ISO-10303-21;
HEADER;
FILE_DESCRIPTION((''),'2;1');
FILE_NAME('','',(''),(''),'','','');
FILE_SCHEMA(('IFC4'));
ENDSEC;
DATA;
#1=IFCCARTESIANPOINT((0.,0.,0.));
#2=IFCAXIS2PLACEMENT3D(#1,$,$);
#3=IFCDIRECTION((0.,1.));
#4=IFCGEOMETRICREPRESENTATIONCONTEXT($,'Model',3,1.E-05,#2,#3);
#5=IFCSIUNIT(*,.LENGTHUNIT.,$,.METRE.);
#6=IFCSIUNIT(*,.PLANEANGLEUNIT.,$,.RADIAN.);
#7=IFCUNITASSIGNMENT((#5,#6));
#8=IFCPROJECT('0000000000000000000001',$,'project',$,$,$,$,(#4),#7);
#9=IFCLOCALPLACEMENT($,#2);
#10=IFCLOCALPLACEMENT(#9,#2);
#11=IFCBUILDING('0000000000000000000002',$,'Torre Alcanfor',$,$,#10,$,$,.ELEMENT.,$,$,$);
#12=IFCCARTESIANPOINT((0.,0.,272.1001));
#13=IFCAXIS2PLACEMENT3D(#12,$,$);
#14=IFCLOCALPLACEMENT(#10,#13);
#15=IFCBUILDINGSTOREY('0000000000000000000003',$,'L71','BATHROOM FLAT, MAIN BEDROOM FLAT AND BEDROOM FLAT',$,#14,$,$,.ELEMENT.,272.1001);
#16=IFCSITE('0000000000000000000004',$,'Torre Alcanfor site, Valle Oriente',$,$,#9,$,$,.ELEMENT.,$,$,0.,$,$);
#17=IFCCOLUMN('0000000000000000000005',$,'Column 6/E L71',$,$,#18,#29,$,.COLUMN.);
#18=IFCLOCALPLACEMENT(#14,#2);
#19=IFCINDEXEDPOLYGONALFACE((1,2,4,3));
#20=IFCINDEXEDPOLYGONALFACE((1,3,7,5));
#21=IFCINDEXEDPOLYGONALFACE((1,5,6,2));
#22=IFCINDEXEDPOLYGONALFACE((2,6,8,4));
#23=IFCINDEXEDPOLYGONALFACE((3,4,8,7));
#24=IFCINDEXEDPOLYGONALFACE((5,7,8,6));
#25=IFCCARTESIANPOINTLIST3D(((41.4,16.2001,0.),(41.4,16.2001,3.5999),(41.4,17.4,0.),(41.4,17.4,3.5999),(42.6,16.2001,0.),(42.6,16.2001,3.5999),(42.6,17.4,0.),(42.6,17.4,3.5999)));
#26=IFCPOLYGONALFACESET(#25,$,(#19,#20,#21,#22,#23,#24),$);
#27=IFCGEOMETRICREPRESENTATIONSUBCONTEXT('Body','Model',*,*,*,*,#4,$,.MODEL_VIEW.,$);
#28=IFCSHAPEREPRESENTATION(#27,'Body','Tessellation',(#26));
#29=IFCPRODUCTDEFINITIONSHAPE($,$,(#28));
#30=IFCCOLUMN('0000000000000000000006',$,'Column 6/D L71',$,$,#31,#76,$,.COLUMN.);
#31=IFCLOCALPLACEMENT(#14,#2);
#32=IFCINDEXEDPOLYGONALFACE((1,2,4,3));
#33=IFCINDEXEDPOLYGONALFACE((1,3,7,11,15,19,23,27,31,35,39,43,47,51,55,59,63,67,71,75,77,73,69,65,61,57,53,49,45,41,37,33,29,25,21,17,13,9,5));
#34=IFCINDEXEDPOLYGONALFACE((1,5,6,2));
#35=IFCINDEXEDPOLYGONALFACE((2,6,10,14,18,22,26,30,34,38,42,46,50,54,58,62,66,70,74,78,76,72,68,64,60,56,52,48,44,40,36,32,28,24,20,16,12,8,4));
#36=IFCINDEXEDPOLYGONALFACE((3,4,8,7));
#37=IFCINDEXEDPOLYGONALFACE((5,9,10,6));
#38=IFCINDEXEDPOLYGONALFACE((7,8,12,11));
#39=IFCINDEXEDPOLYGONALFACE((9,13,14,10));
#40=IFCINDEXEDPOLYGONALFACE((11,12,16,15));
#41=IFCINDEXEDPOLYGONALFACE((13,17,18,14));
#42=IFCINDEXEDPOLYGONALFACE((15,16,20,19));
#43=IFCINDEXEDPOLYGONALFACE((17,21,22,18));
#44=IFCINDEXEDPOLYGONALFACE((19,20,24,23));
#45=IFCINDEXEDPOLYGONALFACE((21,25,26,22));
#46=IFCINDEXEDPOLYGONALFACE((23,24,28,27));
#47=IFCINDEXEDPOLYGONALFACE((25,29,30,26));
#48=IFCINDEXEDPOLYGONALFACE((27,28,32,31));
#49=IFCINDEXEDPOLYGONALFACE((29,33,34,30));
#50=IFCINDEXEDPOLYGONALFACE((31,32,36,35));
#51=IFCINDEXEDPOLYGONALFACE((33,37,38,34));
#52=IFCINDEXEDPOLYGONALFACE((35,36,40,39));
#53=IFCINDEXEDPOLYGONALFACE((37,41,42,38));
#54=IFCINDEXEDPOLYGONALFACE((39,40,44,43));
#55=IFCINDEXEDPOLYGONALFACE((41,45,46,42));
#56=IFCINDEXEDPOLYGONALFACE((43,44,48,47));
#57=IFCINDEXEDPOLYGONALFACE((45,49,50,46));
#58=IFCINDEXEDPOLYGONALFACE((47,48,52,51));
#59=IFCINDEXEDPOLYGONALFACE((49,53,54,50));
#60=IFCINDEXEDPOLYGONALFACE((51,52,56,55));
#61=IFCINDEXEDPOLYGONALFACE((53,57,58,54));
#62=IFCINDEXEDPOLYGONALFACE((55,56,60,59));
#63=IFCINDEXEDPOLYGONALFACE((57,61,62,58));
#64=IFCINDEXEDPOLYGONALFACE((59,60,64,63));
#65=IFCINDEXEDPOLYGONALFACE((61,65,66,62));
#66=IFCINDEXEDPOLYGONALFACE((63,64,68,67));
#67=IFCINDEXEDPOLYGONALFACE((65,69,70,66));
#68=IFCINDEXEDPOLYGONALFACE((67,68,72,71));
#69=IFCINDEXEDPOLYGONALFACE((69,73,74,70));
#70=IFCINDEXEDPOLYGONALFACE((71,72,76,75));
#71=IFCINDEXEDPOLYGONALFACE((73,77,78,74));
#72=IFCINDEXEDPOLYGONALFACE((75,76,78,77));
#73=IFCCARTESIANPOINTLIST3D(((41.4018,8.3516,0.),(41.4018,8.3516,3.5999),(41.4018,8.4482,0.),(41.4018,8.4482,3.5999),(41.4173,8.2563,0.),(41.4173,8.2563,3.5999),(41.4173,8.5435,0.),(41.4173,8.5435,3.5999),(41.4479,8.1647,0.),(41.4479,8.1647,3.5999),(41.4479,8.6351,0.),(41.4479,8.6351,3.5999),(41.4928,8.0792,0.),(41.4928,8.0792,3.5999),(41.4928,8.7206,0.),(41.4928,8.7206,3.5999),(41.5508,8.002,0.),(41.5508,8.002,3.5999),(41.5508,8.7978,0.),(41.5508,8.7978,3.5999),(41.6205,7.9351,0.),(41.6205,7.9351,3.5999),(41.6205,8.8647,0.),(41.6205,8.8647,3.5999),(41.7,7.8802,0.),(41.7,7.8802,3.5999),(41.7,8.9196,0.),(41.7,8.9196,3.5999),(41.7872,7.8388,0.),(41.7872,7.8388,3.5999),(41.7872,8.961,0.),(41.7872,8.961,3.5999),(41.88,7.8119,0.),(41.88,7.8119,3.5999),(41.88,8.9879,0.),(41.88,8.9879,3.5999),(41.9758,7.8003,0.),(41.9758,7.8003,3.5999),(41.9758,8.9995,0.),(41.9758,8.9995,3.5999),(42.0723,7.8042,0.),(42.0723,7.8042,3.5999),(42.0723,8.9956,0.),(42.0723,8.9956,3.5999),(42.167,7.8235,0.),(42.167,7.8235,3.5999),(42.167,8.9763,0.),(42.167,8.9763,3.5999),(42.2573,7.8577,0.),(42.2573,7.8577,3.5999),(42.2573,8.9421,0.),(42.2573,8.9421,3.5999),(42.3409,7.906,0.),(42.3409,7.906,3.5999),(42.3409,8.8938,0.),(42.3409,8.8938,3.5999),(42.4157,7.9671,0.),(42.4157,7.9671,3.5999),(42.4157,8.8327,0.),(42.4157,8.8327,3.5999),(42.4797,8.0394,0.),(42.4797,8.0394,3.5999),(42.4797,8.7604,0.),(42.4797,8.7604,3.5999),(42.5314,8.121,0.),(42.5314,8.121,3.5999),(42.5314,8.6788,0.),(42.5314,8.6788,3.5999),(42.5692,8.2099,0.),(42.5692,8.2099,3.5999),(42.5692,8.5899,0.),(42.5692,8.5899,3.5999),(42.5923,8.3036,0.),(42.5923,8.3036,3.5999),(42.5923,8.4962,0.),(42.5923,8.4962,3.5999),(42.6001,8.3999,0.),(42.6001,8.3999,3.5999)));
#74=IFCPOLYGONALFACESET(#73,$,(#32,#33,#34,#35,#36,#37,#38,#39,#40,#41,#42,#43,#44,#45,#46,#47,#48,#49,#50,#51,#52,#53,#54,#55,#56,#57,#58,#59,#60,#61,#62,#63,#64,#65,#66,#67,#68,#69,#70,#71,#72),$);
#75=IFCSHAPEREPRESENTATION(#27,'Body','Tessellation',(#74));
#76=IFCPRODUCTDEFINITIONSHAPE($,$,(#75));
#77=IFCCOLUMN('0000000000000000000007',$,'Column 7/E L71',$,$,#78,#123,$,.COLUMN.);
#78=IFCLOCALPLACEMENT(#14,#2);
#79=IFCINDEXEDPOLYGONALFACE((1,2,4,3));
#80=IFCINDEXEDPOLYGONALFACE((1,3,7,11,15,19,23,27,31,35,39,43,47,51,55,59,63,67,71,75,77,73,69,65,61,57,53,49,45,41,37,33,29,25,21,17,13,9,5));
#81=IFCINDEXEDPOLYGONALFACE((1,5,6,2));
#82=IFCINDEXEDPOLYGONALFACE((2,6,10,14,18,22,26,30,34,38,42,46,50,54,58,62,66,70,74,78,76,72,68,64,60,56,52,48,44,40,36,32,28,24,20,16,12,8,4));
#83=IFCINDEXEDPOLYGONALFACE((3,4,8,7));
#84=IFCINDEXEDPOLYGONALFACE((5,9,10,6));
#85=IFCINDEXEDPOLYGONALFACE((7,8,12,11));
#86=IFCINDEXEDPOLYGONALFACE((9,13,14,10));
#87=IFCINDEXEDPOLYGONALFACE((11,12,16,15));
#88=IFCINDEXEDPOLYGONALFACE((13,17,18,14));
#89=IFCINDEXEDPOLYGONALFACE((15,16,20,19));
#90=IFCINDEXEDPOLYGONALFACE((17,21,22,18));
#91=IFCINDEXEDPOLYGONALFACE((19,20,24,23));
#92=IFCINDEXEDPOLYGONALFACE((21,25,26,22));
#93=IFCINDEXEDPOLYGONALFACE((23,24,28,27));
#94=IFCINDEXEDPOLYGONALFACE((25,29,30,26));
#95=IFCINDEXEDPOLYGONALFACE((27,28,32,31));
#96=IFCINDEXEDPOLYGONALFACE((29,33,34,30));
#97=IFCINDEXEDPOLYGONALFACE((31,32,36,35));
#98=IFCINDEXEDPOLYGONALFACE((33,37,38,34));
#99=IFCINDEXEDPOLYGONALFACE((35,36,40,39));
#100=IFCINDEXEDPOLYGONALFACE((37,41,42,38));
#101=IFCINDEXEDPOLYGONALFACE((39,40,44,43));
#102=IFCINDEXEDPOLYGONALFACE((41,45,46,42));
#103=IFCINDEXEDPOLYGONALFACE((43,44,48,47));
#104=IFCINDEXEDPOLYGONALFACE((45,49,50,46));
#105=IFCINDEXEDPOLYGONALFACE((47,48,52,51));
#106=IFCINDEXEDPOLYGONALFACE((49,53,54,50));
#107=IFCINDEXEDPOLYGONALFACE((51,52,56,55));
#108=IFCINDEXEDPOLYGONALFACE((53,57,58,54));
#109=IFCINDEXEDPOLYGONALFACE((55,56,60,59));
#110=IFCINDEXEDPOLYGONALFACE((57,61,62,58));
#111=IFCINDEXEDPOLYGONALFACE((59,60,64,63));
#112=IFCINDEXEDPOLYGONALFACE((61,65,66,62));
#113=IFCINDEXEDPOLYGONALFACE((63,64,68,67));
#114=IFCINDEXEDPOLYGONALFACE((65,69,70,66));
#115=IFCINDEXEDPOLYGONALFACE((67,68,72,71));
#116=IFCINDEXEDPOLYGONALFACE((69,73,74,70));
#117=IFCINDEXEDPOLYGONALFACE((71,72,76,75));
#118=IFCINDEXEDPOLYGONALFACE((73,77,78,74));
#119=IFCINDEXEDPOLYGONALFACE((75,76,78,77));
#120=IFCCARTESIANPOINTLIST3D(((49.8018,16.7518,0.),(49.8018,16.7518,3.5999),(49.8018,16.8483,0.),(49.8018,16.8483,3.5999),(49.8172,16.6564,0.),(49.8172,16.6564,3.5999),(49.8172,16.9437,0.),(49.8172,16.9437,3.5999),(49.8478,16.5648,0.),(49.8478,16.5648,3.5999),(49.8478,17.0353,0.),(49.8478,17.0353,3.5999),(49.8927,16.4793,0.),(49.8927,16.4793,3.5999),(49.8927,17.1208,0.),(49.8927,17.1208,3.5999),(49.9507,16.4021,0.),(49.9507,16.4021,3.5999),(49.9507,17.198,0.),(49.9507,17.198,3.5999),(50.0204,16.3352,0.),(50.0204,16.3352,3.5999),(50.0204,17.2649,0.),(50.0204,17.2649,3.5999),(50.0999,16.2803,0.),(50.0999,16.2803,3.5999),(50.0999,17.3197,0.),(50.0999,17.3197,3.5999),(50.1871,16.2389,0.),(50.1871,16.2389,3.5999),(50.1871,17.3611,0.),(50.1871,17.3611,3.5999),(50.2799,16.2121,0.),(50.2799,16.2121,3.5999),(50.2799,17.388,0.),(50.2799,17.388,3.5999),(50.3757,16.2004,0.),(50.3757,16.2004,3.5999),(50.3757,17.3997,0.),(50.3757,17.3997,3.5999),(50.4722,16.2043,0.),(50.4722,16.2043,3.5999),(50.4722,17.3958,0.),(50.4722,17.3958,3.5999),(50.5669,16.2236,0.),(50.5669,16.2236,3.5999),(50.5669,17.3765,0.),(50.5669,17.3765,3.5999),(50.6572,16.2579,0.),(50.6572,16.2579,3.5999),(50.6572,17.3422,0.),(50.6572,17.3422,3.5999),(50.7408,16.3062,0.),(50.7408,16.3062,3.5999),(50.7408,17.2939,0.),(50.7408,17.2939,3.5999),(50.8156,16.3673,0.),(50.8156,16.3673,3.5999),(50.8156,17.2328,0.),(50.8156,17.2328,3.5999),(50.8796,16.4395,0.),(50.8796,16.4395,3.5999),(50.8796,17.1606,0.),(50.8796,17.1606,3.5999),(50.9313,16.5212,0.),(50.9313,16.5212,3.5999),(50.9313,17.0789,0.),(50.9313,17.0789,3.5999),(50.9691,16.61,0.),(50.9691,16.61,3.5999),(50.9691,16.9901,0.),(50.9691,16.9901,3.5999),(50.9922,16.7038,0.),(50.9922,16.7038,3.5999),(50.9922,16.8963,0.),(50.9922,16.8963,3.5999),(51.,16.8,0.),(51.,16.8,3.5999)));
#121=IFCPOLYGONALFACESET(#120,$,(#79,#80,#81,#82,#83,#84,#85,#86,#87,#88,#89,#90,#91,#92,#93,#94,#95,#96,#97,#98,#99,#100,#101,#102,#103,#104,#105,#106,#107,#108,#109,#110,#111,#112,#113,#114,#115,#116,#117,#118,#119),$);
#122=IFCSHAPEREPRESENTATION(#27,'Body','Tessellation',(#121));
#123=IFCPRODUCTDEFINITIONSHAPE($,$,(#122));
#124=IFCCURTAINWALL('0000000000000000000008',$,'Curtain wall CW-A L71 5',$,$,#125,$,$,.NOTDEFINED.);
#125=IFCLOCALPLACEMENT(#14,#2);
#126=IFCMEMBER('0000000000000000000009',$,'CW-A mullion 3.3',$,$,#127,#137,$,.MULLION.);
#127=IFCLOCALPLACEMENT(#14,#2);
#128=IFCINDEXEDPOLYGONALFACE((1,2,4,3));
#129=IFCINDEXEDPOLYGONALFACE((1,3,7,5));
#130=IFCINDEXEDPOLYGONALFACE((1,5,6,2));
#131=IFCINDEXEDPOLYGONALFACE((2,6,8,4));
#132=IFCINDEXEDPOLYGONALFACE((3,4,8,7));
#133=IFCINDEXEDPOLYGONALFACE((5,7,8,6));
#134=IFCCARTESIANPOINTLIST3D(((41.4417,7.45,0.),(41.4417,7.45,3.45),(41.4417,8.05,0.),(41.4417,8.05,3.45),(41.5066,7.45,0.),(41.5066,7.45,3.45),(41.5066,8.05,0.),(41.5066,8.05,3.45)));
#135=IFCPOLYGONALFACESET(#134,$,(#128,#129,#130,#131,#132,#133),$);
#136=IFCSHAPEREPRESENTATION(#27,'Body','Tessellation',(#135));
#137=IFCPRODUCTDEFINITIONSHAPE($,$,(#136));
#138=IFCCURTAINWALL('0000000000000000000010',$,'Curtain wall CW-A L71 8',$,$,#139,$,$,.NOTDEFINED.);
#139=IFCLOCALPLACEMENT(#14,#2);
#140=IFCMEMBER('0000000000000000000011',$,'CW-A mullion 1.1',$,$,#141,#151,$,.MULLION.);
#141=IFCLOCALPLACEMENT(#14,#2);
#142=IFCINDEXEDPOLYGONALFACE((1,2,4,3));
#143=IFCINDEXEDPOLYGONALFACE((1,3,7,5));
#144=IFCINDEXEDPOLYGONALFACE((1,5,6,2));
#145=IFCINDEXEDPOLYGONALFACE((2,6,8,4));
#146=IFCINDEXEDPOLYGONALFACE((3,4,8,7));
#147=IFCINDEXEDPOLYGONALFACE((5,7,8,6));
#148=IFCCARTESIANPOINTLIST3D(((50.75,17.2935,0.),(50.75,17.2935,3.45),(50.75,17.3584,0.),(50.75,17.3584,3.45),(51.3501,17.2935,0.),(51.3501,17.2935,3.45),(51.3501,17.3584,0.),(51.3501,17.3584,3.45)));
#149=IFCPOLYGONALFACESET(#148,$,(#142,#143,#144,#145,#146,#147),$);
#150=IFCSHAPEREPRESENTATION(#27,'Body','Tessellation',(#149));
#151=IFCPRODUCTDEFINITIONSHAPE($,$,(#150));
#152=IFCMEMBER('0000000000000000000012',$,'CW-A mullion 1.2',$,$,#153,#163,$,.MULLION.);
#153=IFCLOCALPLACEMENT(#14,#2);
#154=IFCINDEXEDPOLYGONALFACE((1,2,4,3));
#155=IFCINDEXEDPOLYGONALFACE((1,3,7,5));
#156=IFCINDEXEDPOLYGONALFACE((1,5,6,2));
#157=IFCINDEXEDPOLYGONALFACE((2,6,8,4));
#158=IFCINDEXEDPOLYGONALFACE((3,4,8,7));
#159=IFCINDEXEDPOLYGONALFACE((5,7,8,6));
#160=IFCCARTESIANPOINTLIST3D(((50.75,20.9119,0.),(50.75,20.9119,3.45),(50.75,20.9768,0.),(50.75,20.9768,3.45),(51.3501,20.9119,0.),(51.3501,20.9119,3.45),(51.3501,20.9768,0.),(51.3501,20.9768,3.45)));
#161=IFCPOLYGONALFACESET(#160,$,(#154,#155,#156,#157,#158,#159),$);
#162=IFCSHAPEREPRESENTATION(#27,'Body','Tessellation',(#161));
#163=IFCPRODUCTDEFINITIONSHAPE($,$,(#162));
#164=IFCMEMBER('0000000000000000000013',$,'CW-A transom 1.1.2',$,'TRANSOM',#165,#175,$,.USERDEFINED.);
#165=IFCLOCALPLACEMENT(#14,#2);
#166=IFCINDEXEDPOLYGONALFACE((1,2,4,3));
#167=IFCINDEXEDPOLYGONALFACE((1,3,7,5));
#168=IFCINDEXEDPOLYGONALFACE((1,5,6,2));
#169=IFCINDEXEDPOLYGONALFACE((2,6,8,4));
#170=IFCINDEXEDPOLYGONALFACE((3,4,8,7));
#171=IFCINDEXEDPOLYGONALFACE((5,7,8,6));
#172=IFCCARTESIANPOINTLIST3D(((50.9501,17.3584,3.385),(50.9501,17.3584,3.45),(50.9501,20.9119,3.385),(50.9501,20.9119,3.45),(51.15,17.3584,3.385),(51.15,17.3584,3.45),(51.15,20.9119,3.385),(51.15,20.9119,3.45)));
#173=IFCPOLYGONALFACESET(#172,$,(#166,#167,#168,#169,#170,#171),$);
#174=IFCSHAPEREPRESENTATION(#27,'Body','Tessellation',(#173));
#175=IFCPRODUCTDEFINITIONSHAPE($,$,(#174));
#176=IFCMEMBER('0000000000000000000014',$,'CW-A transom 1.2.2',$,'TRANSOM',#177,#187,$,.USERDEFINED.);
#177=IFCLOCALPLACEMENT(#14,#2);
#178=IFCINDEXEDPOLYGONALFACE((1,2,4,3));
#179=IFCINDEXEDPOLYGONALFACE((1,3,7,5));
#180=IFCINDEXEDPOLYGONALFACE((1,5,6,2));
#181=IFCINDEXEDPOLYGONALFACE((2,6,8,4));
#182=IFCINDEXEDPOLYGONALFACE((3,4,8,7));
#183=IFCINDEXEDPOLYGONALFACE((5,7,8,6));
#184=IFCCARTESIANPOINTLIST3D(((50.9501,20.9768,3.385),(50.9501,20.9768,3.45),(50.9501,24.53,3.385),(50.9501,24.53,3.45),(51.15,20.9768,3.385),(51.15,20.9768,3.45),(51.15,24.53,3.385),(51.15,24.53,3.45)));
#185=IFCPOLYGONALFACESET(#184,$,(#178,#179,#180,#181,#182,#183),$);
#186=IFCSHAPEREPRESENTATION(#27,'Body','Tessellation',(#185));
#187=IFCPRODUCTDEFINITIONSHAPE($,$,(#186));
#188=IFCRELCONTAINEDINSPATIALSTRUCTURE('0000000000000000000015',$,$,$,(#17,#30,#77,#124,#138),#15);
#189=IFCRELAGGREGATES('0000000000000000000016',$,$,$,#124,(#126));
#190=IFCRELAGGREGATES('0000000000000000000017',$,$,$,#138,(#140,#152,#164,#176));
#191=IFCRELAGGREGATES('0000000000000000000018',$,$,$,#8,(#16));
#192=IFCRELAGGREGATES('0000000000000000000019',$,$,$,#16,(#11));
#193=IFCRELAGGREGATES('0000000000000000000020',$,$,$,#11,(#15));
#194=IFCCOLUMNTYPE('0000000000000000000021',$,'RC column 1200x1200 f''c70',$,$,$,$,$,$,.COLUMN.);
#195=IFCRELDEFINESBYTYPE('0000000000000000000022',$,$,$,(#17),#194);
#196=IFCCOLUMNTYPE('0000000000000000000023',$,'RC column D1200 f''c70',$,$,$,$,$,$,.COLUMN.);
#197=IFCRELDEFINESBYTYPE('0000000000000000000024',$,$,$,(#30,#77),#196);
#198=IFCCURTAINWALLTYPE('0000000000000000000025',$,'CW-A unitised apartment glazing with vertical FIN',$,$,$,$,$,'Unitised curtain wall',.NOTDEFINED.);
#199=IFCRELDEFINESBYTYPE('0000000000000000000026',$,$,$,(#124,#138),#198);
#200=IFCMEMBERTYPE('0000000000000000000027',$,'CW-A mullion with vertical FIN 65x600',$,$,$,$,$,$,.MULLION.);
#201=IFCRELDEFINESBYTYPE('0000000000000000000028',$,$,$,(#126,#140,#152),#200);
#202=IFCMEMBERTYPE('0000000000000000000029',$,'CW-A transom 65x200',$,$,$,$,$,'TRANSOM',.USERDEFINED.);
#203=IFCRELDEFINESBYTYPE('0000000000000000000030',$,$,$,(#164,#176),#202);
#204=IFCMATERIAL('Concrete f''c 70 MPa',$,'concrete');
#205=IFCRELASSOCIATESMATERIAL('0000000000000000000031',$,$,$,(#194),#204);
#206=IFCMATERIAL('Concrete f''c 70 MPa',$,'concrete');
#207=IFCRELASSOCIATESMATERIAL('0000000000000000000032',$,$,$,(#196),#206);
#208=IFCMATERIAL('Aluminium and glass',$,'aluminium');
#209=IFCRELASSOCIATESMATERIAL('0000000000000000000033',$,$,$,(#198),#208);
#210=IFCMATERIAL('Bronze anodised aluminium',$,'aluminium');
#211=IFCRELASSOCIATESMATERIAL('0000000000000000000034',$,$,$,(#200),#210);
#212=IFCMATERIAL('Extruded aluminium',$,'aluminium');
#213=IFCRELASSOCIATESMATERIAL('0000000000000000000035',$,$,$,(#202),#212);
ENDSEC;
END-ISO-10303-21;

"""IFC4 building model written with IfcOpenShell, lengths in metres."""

from ifc_helpers import new_model, si_unit, direction, frame, origin, origin_2d, place, context, subcontext, project, spatial, rectangle, circle, extrude, material, material_profile, profile_set, type_object, element, aggregate, save


model = new_model("IFC4")

# Units and contexts
model_context = context("Model", 3, precision=1e-05, world=origin(), true_north=direction((0.0, 1.0)))
body_context = subcontext(model_context, "Body", "Model", "MODEL_VIEW")
ifc_project = project(units=[si_unit("LENGTHUNIT", "METRE"), si_unit("PLANEANGLEUNIT", "RADIAN")], contexts=[model_context])

# Site, building, storey
site_placement = place(None, origin())
site = spatial("IfcSite", under=ifc_project, at=site_placement, Name="Torre Alcanfor site, Valle Oriente", CompositionType="ELEMENT", RefElevation=0.0)
building_placement = place(site_placement, origin())
building = spatial("IfcBuilding", under=site, at=building_placement, Name="Torre Alcanfor", CompositionType="ELEMENT")
storey_placement = place(building_placement, frame((0.0, 0.0, 272.1001)))
storey = spatial("IfcBuildingStorey", under=building, at=storey_placement, Name="L71", Description="BATHROOM FLAT, MAIN BEDROOM FLAT AND BEDROOM FLAT", CompositionType="ELEMENT", Elevation=272.1001)

# Columns
ifc_material_1 = material(Name="Concrete f'c 70 MPa", Category="concrete")
ifc_material_profile_1 = material_profile(ifc_material_1, rectangle(XDim=1.2, YDim=1.2, at=origin_2d()), Name="1200x1200")
ifc_profile_set_1 = profile_set([ifc_material_profile_1], Name="Concrete f'c 70 MPa")
column_type_1 = type_object("IfcColumnType", Name="RC column 1200x1200 f'c70", PredefinedType="COLUMN", material=ifc_profile_set_1)
column_placement = place(storey_placement, frame((42.0, 16.8, 0.0), z_axis=(0.0, 0.0, 1.0), x_axis=(1.0, 0.0, 0.0)))
element("IfcColumn", 1, at=column_placement, inside=storey, type_object=column_type_1, Name="Column 6/E L71", PredefinedType="COLUMN", context=body_context, shape_type="SweptSolid", body=[
    extrude(rectangle(XDim=1.2, YDim=1.2, at=origin_2d()), origin(), (0.0, 0.0, 1.0), 3.5999),
])
ifc_material_2 = material(Name="Concrete f'c 70 MPa", Category="concrete")
ifc_material_profile_2 = material_profile(ifc_material_2, circle(Radius=0.6001, at=origin_2d()), Name="D1200")
ifc_profile_set_2 = profile_set([ifc_material_profile_2], Name="Concrete f'c 70 MPa")
column_type_2 = type_object("IfcColumnType", Name="RC column D1200 f'c70", PredefinedType="COLUMN", material=ifc_profile_set_2)
for number, where, z_axis, x_axis, name in (
    (2, (42.0, 8.3999, 0.0), (0.0, 0.0, 1.0), (1.0, 0.0, 0.0), "Column 6/D L71"),
    (3, (50.3999, 16.8, 0.0), (0.0, 0.0, 1.0), (1.0, 0.0, 0.0), "Column 7/E L71"),
):
    element("IfcColumn", number, at=place(storey_placement, frame(where, z_axis=z_axis, x_axis=x_axis)), inside=storey, type_object=column_type_2, Name=name, PredefinedType="COLUMN", context=body_context, shape_type="SweptSolid", body=[
        extrude(circle(Radius=0.6001, at=origin_2d()), origin(), (0.0, 0.0, 1.0), 3.5999),
    ])

# Curtain wall, member
ifc_material_3 = material(Name="Aluminium and glass", Category="aluminium")
curtain_wall_type = type_object("IfcCurtainWallType", Name="CW-A unitised apartment glazing with vertical FIN", ElementType="Unitised curtain wall", PredefinedType="NOTDEFINED", material=ifc_material_3)
curtain_wall_1_placement = place(storey_placement, origin())
curtain_wall_1 = element("IfcCurtainWall", 4, at=curtain_wall_1_placement, inside=storey, type_object=curtain_wall_type, Name="Curtain wall CW-A L71 5", PredefinedType="NOTDEFINED")
ifc_material_4 = material(Name="Bronze anodised aluminium", Category="aluminium")
ifc_material_profile_3 = material_profile(ifc_material_4, rectangle(XDim=0.6001, YDim=0.0649, at=origin_2d()), Name="CW-A mullion 65x600")
ifc_profile_set_3 = profile_set([ifc_material_profile_3], Name="Bronze anodised aluminium")
member_type_1 = type_object("IfcMemberType", Name="CW-A mullion with vertical FIN 65x600", PredefinedType="MULLION", material=ifc_profile_set_3)
member_1_placement = place(storey_placement, frame((41.4741, 7.75, 0.0), z_axis=(0.0, 0.0, 1.0), x_axis=(0.0, 1.0, 0.0)))
member_1 = element("IfcMember", 5, at=member_1_placement, type_object=member_type_1, Name="CW-A mullion 3.3", PredefinedType="MULLION", context=body_context, shape_type="SweptSolid", body=[
    extrude(rectangle(XDim=0.6001, YDim=0.0649, at=origin_2d()), origin(), (0.0, 0.0, 1.0), 3.45),
])

# Curtain wall, members
curtain_wall_2_placement = place(storey_placement, origin())
curtain_wall_2 = element("IfcCurtainWall", 6, at=curtain_wall_2_placement, inside=storey, type_object=curtain_wall_type, Name="Curtain wall CW-A L71 8", PredefinedType="NOTDEFINED")
member_2_placement = place(storey_placement, frame((51.05, 17.3259, 0.0), z_axis=(0.0, 0.0, 1.0), x_axis=(-1.0, 0.0, 0.0)))
member_2 = element("IfcMember", 7, at=member_2_placement, type_object=member_type_1, Name="CW-A mullion 1.1", PredefinedType="MULLION", context=body_context, shape_type="SweptSolid", body=[
    extrude(rectangle(XDim=0.6001, YDim=0.0649, at=origin_2d()), origin(), (0.0, 0.0, 1.0), 3.45),
])
member_3_placement = place(storey_placement, frame((51.05, 20.9443, 0.0), z_axis=(0.0, 0.0, 1.0), x_axis=(-1.0, 0.0, 0.0)))
member_3 = element("IfcMember", 8, at=member_3_placement, type_object=member_type_1, Name="CW-A mullion 1.2", PredefinedType="MULLION", context=body_context, shape_type="SweptSolid", body=[
    extrude(rectangle(XDim=0.6001, YDim=0.0649, at=origin_2d()), origin(), (0.0, 0.0, 1.0), 3.45),
])
ifc_material_5 = material(Name="Extruded aluminium", Category="aluminium")
ifc_material_profile_4 = material_profile(ifc_material_5, rectangle(XDim=0.2, YDim=0.0649, at=origin_2d()), Name="CW-A transom 200x65")
ifc_profile_set_4 = profile_set([ifc_material_profile_4], Name="Extruded aluminium")
member_type_2 = type_object("IfcMemberType", Name="CW-A transom 65x200", ElementType="TRANSOM", PredefinedType="USERDEFINED", material=ifc_profile_set_4)
member_4_placement = place(storey_placement, frame((51.05, 17.3584, 3.4175), z_axis=(0.0, 1.0, 0.0), x_axis=(-1.0, 0.0, 0.0)))
member_4 = element("IfcMember", 9, at=member_4_placement, type_object=member_type_2, Name="CW-A transom 1.1.2", ObjectType="TRANSOM", PredefinedType="USERDEFINED", context=body_context, shape_type="SweptSolid", body=[
    extrude(rectangle(XDim=0.2, YDim=0.0649, at=origin_2d()), origin(), (0.0, 0.0, 1.0), 3.5535),
])
member_5_placement = place(storey_placement, frame((51.05, 20.9768, 3.4175), z_axis=(0.0, 1.0, 0.0), x_axis=(-1.0, 0.0, 0.0)))
member_5 = element("IfcMember", 10, at=member_5_placement, type_object=member_type_2, Name="CW-A transom 1.2.2", ObjectType="TRANSOM", PredefinedType="USERDEFINED", context=body_context, shape_type="SweptSolid", body=[
    extrude(rectangle(XDim=0.2, YDim=0.0649, at=origin_2d()), origin(), (0.0, 0.0, 1.0), 3.5532),
])

aggregate(curtain_wall_1, [member_1])
aggregate(curtain_wall_2, [member_2, member_3, member_4, member_5])

save(model, "model.ifc")
